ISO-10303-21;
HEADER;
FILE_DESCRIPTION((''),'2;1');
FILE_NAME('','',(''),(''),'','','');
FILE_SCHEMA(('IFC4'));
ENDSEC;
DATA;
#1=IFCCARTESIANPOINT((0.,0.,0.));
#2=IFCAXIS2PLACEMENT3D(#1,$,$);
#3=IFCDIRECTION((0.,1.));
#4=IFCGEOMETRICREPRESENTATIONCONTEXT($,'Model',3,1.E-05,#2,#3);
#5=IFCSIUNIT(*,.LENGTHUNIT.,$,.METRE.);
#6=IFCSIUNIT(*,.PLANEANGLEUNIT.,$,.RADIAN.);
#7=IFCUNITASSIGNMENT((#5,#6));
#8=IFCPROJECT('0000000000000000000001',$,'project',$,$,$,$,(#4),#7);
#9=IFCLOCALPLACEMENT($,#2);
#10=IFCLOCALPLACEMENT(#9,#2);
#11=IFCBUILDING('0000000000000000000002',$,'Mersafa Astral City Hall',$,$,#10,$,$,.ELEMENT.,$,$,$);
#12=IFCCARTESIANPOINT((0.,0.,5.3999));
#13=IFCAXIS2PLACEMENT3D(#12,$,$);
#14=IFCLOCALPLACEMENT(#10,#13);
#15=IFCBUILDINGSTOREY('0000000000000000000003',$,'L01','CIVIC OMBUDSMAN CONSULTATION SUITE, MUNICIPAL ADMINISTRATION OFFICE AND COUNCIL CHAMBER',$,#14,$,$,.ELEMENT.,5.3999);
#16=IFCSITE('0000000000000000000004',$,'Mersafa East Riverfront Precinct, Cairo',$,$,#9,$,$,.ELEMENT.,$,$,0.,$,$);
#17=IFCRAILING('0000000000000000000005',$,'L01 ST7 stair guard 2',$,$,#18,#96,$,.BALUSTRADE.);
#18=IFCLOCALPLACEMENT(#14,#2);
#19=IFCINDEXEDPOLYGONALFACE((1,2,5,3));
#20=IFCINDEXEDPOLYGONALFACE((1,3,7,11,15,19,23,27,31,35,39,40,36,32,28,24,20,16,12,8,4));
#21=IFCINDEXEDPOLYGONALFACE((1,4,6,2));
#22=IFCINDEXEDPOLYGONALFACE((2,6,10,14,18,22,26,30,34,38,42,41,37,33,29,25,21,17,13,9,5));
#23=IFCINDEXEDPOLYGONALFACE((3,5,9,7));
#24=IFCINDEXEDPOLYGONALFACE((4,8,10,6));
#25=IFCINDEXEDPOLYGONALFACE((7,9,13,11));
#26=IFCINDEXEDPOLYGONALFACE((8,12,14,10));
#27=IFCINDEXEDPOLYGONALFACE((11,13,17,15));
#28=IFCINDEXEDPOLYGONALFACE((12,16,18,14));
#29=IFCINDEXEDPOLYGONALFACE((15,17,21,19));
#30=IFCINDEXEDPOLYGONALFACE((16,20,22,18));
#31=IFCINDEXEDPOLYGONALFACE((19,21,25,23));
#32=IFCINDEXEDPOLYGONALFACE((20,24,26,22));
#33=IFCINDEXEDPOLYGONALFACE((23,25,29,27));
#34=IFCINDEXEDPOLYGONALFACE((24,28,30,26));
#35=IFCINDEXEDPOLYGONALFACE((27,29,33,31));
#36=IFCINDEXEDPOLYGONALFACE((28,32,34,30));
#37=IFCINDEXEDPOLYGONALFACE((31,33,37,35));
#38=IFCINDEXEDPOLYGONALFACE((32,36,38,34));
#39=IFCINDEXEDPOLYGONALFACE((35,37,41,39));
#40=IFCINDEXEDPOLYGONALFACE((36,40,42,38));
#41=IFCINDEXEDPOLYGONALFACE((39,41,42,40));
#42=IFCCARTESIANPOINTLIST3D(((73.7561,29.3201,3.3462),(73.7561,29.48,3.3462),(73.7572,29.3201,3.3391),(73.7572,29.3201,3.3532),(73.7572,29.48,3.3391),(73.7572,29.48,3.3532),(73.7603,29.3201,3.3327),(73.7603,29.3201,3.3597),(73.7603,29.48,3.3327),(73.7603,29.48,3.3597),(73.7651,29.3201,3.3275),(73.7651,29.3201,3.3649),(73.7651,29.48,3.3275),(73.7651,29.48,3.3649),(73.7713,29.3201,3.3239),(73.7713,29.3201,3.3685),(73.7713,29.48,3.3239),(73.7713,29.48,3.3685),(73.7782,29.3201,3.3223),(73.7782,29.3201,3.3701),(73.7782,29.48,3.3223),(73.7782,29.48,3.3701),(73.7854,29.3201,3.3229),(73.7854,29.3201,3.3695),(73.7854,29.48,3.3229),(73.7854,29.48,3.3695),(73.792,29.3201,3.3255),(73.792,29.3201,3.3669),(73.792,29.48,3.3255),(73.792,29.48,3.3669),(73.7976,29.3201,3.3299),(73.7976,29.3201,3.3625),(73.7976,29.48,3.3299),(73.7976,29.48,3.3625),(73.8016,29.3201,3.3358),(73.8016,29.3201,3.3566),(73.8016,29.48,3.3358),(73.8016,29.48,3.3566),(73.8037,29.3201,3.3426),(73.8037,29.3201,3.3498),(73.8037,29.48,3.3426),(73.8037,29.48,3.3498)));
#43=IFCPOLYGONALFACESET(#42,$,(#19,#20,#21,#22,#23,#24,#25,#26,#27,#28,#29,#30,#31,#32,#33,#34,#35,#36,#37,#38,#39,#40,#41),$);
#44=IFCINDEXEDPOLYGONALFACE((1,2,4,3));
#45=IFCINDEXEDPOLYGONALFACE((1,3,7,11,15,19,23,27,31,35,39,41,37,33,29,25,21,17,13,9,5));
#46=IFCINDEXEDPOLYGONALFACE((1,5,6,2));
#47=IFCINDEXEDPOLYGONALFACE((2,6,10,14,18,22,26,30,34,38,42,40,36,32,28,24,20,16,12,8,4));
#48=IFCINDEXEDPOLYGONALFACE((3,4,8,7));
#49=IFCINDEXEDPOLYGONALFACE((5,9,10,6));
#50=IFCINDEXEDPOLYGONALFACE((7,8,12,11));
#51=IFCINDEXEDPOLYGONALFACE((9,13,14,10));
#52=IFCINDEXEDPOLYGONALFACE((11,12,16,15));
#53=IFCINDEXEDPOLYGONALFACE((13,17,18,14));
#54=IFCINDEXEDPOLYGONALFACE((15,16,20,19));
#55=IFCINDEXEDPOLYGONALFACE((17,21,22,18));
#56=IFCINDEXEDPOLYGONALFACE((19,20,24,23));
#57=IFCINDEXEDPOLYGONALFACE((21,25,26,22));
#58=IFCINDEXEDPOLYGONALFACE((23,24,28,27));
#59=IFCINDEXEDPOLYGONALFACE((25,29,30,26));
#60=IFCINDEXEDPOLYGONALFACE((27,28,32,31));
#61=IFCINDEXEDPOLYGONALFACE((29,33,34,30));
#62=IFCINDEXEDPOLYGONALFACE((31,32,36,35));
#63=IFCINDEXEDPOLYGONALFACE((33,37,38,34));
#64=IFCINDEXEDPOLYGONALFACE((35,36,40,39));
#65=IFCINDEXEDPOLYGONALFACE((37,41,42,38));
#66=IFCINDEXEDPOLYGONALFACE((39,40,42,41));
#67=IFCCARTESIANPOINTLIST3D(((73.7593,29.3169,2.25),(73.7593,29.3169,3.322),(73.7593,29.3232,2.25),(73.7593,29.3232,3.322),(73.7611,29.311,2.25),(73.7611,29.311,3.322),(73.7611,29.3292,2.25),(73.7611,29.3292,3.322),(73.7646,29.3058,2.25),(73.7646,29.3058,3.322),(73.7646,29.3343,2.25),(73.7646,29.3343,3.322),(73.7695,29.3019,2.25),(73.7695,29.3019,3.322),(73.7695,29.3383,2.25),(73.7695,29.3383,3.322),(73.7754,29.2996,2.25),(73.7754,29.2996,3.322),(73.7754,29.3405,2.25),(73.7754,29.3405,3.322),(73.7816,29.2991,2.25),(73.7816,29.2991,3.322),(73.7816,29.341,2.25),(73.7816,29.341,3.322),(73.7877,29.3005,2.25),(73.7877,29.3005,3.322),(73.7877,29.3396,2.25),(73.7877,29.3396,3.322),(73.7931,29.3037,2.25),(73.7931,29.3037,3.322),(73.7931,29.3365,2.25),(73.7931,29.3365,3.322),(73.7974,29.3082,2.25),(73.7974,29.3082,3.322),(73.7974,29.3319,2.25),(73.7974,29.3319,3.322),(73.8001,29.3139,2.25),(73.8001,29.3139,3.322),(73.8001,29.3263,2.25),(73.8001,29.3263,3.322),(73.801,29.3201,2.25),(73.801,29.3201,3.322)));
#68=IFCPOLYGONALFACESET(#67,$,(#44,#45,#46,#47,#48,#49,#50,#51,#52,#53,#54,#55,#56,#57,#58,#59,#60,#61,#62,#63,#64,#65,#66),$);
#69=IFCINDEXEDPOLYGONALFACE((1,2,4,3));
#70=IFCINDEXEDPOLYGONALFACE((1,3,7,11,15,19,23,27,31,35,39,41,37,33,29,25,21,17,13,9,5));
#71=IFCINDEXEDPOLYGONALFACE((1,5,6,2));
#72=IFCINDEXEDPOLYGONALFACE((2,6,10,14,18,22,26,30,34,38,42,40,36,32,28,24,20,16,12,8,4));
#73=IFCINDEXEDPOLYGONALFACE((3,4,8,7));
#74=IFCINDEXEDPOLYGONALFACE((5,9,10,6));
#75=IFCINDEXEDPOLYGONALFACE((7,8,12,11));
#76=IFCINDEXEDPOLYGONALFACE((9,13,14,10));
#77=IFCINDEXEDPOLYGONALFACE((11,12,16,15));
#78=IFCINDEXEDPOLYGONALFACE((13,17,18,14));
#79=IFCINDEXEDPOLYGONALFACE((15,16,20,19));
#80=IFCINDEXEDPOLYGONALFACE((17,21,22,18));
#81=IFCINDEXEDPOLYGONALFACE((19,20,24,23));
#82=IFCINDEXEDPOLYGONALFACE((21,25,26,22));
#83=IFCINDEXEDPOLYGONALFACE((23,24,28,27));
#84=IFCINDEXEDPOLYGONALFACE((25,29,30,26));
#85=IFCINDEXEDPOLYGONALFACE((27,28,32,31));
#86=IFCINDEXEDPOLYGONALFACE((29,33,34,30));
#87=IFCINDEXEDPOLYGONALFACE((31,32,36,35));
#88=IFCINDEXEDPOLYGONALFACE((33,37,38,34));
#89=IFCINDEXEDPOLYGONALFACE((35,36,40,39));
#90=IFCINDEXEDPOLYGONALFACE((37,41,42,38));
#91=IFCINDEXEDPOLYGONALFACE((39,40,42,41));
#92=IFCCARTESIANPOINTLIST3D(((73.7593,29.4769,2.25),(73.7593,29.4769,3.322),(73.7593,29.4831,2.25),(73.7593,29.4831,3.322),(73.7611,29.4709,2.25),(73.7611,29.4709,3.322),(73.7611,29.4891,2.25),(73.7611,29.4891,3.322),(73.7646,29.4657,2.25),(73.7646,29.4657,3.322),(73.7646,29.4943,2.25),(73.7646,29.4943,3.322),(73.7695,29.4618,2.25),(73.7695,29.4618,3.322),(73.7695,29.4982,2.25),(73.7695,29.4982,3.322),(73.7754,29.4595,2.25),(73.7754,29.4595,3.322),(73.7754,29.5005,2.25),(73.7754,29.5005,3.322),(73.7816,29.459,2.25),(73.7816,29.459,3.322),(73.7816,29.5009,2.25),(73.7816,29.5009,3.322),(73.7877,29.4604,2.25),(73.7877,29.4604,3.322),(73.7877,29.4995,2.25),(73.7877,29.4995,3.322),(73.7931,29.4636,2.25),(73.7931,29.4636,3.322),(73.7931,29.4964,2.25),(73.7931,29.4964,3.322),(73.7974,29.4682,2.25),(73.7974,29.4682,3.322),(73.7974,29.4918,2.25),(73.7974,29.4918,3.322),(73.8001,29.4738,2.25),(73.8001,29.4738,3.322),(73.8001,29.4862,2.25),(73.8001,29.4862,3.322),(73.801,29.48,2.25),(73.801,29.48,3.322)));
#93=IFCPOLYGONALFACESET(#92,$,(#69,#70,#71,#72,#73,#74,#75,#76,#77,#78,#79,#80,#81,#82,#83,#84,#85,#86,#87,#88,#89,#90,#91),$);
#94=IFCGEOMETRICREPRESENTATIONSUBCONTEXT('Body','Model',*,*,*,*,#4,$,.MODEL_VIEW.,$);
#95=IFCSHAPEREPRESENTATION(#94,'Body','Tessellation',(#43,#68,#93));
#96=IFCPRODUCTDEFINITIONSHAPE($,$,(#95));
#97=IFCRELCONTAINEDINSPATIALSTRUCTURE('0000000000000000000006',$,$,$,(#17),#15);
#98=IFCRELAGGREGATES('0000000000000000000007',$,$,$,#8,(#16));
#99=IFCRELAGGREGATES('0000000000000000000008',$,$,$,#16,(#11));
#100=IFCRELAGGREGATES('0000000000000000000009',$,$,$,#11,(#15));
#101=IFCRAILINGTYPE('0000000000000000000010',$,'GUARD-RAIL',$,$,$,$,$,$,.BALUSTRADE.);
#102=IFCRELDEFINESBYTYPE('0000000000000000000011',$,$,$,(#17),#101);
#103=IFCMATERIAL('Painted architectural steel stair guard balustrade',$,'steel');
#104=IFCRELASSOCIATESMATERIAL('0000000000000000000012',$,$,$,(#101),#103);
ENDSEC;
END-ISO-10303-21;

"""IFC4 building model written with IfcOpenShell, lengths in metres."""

from ifc_helpers import new_model, si_unit, direction, frame, origin, origin_2d, place, context, subcontext, project, spatial, circle, extrude, material, type_object, element, save


model = new_model("IFC4")

# Units and contexts
model_context = context("Model", 3, precision=1e-05, world=origin(), true_north=direction((0.0, 1.0)))
body_context = subcontext(model_context, "Body", "Model", "MODEL_VIEW")
ifc_project = project(units=[si_unit("LENGTHUNIT", "METRE"), si_unit("PLANEANGLEUNIT", "RADIAN")], contexts=[model_context])

# Site, building, storey
site_placement = place(None, origin())
site = spatial("IfcSite", under=ifc_project, at=site_placement, Name="Mersafa East Riverfront Precinct, Cairo", CompositionType="ELEMENT", RefElevation=0.0)
building_placement = place(site_placement, origin())
building = spatial("IfcBuilding", under=site, at=building_placement, Name="Mersafa Astral City Hall", CompositionType="ELEMENT")
storey_placement = place(building_placement, frame((0.0, 0.0, 5.3999)))
storey = spatial("IfcBuildingStorey", under=building, at=storey_placement, Name="L01", Description="CIVIC OMBUDSMAN CONSULTATION SUITE, MUNICIPAL ADMINISTRATION OFFICE AND COUNCIL CHAMBER", CompositionType="ELEMENT", Elevation=5.3999)

# Railing
ifc_material_1 = material(Name="Painted architectural steel stair guard balustrade", Category="steel")
railing_type_1 = type_object("IfcRailingType", Name="GUARD-RAIL", PredefinedType="BALUSTRADE", material=ifc_material_1)
railing_1_placement = place(storey_placement, frame((73.78, 29.3201, 2.25)))
element("IfcRailing", 1, at=railing_1_placement, inside=storey, type_object=railing_type_1, Name="L01 ST7 stair guard 2", PredefinedType="BALUSTRADE", context=body_context, shape_type="SweptSolid", body=[
    extrude(circle(Radius=0.0239, at=origin_2d()), frame((0.0, 0.0, 1.0962), z_axis=(0.0, 1.0, 0.0), x_axis=(-1.0, 0.0, 0.0)), (0.0, 0.0, 1.0), 0.1599),
    extrude(circle(Radius=0.021, at=origin_2d()), origin(), (0.0, 0.0, 1.0), 1.072),
    extrude(circle(Radius=0.021, at=origin_2d()), frame((0.0, 0.1599, 0.0)), (0.0, 0.0, 1.0), 1.072),
])

save(model, "model.ifc")
